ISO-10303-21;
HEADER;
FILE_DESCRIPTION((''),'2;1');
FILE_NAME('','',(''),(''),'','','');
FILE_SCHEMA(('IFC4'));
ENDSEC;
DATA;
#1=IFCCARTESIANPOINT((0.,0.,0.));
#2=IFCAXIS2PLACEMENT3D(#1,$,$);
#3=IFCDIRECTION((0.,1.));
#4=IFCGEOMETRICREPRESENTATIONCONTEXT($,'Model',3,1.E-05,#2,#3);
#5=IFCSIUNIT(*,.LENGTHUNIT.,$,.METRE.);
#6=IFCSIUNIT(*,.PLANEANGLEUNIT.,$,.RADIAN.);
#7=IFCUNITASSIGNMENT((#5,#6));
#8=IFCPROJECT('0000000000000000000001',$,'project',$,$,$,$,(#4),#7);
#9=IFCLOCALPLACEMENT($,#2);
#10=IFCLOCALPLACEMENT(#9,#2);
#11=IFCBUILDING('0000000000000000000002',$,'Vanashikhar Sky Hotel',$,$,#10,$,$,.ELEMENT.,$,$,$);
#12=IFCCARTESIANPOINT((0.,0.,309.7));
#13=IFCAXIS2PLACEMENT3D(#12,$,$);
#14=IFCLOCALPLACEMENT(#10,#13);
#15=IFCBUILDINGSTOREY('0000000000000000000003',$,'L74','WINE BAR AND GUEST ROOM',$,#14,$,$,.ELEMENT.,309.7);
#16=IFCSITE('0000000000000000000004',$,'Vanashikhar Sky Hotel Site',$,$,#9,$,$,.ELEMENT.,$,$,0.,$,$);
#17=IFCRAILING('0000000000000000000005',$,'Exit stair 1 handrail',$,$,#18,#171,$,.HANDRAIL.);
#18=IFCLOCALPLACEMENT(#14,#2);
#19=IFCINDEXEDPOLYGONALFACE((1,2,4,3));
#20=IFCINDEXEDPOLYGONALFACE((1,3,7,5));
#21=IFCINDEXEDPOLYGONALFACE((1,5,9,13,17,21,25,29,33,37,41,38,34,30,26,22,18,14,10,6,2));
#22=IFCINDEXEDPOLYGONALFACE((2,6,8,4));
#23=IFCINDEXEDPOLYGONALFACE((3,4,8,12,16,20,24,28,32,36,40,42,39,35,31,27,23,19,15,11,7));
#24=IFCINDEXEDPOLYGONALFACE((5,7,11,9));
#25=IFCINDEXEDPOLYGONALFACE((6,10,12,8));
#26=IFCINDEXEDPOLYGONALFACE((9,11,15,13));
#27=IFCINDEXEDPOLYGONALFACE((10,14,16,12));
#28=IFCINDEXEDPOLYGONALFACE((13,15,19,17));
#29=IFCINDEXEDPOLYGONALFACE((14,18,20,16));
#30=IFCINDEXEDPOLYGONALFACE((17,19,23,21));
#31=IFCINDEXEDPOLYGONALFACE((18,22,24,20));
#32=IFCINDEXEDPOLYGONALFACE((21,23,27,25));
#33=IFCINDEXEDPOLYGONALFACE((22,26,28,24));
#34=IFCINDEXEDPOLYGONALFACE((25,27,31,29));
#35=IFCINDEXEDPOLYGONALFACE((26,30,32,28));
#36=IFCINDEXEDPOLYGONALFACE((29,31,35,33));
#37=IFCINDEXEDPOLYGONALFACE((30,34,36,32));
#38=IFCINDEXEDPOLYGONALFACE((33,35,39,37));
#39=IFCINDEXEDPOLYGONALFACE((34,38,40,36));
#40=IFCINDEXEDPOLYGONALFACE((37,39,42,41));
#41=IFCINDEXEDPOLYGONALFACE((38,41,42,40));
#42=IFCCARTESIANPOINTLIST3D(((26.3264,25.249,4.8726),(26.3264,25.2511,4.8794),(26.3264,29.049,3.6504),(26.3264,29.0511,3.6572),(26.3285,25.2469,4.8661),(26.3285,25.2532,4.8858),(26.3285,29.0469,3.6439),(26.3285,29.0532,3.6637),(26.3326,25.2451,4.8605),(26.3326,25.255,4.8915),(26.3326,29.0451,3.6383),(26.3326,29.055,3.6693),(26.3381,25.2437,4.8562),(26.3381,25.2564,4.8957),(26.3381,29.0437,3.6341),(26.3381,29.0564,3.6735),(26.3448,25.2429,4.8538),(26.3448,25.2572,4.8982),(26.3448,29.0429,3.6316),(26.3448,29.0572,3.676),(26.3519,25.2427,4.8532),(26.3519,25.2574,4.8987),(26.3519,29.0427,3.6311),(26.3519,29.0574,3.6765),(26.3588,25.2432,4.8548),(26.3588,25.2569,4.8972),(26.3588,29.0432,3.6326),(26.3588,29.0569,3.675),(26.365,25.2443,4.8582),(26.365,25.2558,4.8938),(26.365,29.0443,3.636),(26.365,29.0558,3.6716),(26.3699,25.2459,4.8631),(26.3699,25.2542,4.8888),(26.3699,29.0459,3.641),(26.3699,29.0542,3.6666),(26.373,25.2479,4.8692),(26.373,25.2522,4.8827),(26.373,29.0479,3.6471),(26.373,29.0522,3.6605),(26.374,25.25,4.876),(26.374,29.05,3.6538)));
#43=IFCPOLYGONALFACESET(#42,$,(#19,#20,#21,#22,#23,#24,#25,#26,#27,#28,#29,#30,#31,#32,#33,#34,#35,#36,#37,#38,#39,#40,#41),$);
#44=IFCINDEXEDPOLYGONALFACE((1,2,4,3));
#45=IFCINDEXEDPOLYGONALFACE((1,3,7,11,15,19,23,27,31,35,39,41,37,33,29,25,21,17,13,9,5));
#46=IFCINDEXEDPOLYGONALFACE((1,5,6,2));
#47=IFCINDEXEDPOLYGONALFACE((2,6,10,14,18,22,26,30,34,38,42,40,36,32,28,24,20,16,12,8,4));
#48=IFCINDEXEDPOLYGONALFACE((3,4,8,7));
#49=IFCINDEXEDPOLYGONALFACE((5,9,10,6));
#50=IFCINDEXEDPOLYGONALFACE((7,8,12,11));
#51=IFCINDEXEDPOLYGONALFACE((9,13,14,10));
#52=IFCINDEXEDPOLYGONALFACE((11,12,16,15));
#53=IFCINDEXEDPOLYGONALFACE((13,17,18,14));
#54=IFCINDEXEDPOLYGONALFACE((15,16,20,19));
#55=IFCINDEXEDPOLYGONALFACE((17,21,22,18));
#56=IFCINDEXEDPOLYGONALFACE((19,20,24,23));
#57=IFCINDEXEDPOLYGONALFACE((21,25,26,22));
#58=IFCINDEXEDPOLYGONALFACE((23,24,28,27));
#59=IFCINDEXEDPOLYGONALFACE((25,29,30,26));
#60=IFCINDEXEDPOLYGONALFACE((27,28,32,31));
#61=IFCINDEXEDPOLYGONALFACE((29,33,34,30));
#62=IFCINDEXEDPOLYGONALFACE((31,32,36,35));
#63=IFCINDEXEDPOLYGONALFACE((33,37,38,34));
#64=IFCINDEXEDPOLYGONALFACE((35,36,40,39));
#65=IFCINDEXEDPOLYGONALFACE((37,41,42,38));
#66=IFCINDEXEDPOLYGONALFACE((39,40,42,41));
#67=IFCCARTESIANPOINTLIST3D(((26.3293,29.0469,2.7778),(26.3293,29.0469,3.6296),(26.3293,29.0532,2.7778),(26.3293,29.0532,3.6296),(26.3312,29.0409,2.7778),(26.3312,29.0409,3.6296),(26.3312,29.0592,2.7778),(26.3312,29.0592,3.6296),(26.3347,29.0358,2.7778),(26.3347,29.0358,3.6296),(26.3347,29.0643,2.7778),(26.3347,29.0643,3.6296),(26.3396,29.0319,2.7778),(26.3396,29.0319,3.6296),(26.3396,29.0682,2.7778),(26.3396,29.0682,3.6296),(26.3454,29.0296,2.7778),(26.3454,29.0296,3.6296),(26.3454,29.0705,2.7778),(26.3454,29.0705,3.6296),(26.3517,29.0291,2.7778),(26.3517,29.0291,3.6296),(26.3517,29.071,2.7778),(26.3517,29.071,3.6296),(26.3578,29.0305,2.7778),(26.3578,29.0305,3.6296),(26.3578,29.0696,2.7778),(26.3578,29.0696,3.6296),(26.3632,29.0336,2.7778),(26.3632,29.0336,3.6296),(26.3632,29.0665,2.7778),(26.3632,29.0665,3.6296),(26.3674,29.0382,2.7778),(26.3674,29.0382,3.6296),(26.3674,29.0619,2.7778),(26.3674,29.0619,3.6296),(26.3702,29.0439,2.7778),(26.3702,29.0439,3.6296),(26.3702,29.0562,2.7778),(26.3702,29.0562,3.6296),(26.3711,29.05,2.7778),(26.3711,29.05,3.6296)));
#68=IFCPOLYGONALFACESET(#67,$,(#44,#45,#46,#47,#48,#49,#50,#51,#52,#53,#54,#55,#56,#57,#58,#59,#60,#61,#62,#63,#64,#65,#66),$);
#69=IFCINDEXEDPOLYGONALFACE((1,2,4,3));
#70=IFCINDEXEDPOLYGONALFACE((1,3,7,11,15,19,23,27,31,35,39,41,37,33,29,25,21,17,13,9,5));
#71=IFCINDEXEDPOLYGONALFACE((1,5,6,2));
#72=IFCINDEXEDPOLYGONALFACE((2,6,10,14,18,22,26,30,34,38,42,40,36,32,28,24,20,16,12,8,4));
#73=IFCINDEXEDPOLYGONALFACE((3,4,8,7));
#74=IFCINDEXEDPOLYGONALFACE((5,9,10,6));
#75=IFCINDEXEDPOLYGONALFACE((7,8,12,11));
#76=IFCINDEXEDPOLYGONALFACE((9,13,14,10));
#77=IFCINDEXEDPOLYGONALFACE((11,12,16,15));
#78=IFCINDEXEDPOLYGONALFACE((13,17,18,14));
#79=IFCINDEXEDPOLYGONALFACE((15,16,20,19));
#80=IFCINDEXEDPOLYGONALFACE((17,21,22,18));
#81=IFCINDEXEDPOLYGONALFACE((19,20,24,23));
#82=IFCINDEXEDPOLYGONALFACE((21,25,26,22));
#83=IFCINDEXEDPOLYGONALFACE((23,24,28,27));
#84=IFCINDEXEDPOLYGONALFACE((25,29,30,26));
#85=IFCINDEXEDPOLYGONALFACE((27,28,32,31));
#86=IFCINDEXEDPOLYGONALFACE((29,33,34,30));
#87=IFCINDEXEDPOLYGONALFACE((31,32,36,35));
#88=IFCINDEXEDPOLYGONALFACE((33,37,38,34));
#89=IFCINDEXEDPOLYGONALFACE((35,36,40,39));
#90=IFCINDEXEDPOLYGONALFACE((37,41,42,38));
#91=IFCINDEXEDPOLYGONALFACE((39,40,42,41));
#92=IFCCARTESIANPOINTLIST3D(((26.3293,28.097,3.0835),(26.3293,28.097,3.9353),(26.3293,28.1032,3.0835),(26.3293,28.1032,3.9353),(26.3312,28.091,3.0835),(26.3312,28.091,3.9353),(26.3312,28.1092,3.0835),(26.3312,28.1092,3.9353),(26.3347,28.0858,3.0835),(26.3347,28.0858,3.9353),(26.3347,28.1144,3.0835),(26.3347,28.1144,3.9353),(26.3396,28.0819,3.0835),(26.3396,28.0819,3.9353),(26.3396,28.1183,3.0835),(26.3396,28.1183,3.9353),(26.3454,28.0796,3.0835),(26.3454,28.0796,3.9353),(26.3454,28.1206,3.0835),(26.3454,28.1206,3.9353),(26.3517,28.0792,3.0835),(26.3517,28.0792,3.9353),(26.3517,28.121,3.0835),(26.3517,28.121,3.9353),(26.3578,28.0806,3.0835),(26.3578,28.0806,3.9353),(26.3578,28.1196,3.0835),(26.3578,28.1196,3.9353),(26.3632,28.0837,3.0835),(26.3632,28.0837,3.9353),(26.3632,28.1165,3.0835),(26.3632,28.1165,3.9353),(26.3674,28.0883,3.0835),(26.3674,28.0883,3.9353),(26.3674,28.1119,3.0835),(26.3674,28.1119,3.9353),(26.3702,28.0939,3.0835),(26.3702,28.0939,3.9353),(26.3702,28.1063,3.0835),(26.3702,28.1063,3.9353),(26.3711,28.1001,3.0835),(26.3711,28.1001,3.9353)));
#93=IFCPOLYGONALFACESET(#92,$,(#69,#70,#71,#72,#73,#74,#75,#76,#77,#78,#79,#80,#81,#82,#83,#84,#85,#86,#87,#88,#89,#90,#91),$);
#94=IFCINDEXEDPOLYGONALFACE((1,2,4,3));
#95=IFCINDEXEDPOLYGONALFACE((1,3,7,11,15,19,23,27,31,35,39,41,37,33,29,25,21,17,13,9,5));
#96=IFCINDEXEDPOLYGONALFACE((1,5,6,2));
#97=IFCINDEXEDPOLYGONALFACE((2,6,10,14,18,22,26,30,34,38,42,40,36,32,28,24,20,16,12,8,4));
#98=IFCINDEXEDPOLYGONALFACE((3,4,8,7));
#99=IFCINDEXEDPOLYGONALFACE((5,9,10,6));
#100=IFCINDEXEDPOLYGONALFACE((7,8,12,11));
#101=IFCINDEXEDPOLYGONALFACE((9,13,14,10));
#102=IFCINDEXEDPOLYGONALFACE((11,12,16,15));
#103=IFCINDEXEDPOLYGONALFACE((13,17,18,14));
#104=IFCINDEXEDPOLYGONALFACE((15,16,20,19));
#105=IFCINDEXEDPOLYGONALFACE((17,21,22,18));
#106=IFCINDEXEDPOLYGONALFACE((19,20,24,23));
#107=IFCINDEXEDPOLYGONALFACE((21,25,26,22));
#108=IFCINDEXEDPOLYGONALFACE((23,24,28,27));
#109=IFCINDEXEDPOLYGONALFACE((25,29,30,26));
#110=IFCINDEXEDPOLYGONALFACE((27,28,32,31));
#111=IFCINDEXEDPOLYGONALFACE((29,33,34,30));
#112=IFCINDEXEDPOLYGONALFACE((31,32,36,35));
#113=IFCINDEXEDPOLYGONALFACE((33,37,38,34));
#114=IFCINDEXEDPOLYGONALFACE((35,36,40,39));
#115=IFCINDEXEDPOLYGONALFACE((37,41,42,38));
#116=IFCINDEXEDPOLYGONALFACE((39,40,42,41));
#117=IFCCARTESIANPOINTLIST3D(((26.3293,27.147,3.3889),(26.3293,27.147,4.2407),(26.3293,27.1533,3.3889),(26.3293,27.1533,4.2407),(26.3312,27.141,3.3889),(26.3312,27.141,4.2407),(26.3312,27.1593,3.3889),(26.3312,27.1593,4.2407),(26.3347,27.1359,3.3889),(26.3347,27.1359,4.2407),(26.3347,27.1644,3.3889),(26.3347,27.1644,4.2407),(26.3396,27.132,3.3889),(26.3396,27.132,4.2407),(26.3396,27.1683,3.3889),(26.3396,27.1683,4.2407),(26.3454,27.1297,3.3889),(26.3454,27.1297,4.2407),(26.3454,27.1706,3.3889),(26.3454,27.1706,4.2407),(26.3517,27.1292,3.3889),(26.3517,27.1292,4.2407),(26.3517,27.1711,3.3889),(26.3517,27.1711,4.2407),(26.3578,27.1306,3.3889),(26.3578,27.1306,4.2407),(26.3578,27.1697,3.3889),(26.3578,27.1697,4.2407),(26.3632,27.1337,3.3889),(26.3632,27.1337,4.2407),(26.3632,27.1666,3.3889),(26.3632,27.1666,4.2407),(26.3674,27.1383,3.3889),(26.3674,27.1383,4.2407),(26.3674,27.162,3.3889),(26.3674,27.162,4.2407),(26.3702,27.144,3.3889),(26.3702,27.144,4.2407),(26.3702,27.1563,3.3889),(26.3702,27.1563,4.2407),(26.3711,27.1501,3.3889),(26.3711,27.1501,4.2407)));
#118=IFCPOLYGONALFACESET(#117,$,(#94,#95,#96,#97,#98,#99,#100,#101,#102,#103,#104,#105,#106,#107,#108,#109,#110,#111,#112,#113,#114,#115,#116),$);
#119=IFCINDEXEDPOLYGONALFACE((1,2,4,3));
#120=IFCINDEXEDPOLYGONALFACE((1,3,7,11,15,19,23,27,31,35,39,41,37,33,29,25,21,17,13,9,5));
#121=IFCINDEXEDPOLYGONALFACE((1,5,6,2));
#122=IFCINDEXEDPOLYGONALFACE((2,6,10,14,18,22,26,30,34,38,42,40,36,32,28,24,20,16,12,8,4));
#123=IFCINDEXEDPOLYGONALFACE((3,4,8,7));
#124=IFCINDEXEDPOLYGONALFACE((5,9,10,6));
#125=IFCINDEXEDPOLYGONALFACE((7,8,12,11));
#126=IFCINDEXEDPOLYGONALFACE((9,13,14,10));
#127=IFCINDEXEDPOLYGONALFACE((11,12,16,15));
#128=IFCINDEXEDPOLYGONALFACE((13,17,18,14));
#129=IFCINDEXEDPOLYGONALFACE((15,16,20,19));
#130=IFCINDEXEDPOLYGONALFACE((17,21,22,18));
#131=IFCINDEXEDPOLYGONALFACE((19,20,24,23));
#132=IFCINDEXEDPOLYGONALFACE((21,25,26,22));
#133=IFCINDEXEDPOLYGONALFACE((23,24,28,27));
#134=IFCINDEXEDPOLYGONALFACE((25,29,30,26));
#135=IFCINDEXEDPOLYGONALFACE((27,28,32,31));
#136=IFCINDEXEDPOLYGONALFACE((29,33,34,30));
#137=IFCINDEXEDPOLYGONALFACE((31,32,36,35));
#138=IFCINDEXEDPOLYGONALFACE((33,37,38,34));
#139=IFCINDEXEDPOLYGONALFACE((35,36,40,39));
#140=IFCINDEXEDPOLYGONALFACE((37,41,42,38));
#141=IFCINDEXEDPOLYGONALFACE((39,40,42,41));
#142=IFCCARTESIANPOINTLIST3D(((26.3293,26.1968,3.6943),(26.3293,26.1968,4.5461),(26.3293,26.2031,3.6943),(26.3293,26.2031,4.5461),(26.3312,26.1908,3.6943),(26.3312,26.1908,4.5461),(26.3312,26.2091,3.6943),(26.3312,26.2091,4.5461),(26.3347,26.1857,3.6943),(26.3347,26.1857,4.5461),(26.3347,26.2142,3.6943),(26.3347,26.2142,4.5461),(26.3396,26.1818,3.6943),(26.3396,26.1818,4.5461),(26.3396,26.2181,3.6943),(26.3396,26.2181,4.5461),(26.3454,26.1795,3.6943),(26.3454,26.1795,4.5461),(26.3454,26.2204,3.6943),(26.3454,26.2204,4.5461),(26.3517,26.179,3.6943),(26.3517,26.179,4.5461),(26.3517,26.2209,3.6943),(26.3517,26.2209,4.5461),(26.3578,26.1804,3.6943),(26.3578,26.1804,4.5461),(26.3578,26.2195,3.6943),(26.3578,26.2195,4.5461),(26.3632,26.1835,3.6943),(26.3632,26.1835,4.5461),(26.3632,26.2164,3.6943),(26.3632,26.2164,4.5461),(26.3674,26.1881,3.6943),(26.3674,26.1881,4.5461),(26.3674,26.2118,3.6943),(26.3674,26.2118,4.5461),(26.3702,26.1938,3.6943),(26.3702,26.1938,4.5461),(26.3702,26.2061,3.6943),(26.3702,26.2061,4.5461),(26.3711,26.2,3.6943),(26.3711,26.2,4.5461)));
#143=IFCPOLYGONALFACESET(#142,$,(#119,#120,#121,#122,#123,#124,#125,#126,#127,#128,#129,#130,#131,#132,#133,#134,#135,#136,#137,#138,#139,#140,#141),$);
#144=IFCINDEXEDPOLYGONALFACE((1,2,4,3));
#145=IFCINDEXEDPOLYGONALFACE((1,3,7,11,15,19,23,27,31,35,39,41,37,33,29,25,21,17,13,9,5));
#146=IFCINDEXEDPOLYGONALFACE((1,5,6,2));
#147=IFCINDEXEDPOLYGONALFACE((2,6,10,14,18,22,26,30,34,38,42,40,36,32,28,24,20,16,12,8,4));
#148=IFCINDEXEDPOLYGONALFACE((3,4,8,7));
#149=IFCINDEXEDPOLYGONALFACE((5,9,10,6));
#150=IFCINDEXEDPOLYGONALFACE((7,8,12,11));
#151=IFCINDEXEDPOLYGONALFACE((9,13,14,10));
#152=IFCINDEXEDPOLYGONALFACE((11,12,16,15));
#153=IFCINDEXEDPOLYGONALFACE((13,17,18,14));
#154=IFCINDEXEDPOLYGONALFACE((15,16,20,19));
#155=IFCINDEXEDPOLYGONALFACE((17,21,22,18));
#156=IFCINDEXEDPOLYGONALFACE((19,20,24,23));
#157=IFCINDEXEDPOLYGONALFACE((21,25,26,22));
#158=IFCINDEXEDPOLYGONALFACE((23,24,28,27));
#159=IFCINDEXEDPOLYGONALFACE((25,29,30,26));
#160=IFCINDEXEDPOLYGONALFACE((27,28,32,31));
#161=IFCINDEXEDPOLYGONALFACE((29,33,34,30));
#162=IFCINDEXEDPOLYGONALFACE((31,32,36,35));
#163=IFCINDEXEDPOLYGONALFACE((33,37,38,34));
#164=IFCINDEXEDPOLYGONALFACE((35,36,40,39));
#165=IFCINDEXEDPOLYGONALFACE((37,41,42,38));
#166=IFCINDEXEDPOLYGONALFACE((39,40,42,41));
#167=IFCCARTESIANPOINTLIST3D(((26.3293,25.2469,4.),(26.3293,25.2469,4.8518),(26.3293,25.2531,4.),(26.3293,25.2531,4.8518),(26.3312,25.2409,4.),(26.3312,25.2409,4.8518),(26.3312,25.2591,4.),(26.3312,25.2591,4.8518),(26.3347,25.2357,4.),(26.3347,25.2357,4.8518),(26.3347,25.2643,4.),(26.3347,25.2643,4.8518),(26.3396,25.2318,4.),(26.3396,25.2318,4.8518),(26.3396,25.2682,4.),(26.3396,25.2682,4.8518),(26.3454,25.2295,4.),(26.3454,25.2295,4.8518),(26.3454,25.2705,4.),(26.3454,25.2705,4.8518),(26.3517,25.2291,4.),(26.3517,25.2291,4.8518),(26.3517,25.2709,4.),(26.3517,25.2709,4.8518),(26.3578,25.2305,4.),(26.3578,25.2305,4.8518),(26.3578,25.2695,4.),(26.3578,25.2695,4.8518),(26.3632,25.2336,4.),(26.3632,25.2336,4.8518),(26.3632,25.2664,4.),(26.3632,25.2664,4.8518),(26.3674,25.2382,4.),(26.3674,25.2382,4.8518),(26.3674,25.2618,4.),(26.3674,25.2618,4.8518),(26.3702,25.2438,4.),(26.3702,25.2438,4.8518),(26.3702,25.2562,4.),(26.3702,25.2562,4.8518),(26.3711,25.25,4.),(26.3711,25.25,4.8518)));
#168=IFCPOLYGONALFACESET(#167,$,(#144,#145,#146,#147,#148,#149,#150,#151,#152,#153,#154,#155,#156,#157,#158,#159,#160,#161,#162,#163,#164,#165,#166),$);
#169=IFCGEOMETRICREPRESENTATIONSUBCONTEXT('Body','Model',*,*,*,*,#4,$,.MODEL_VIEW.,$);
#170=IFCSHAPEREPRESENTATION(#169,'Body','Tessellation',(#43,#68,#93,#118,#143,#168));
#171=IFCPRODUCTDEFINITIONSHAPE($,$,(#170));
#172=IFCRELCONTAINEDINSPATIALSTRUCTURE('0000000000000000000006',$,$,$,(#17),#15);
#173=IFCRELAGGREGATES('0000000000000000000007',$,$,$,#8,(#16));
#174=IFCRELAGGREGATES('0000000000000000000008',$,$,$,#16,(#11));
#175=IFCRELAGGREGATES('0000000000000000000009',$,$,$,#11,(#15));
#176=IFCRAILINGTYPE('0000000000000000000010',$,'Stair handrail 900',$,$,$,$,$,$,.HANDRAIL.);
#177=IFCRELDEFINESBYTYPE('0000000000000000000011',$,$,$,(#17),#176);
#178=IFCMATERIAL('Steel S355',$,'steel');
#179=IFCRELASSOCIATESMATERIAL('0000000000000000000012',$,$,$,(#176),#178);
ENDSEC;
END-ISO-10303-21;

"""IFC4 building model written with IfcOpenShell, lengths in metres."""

from ifc_helpers import new_model, si_unit, direction, frame, origin, origin_2d, place, context, subcontext, project, spatial, circle, extrude, source, transform, mapped, material, type_object, element, save


model = new_model("IFC4")

# Units and contexts
model_context = context("Model", 3, precision=1e-05, world=origin(), true_north=direction((0.0, 1.0)))
body_context = subcontext(model_context, "Body", "Model", "MODEL_VIEW")
ifc_project = project(units=[si_unit("LENGTHUNIT", "METRE"), si_unit("PLANEANGLEUNIT", "RADIAN")], contexts=[model_context])

# Site, building, storey
site_placement = place(None, origin())
site = spatial("IfcSite", under=ifc_project, at=site_placement, Name="Vanashikhar Sky Hotel Site", CompositionType="ELEMENT", RefElevation=0.0)
building_placement = place(site_placement, origin())
building = spatial("IfcBuilding", under=site, at=building_placement, Name="Vanashikhar Sky Hotel", CompositionType="ELEMENT")
storey_placement = place(building_placement, frame((0.0, 0.0, 309.7)))
storey = spatial("IfcBuildingStorey", under=building, at=storey_placement, Name="L74", Description="WINE BAR AND GUEST ROOM", CompositionType="ELEMENT", Elevation=309.7)

# Railing
ifc_material_1 = material(Name="Steel S355", Category="steel")
railing_type_1 = type_object("IfcRailingType", Name="Stair handrail 900", PredefinedType="HANDRAIL", material=ifc_material_1)
shared_shape_1 = source(origin(), body_context, "Body", "SweptSolid", [
    extrude(circle(Radius=0.0239, at=origin_2d()), frame((0.0, 0.0, 0.876), z_axis=(0.0, -0.951976, 0.306173), x_axis=(1.0, 0.0, 0.0)), (0.0, 0.0, 1.0), 3.9917),
    extrude(circle(Radius=0.021, at=origin_2d()), origin(), (0.0, 0.0, 1.0), 0.8518),
    extrude(circle(Radius=0.021, at=origin_2d()), frame((0.0, -0.95, 0.3057)), (0.0, 0.0, 1.0), 0.8518),
    extrude(circle(Radius=0.021, at=origin_2d()), frame((0.0, -1.8999, 0.6111)), (0.0, 0.0, 1.0), 0.8518),
    extrude(circle(Radius=0.021, at=origin_2d()), frame((0.0, -2.8501, 0.9165)), (0.0, 0.0, 1.0), 0.8518),
    extrude(circle(Radius=0.021, at=origin_2d()), frame((0.0, -3.8, 1.2222)), (0.0, 0.0, 1.0), 0.8518),
])
for number, where, name in (
    (1, (26.3501, 29.05, 2.7778), "Exit stair 1 handrail"),
):
    element("IfcRailing", number, at=place(storey_placement, frame(where)), inside=storey, type_object=railing_type_1, Name=name, PredefinedType="HANDRAIL", context=body_context, shape_type="MappedRepresentation", body=[
        mapped(shared_shape_1, transform((0.0, 0.0, 0.0), scale=1.0)),
    ])

save(model, "model.ifc")
